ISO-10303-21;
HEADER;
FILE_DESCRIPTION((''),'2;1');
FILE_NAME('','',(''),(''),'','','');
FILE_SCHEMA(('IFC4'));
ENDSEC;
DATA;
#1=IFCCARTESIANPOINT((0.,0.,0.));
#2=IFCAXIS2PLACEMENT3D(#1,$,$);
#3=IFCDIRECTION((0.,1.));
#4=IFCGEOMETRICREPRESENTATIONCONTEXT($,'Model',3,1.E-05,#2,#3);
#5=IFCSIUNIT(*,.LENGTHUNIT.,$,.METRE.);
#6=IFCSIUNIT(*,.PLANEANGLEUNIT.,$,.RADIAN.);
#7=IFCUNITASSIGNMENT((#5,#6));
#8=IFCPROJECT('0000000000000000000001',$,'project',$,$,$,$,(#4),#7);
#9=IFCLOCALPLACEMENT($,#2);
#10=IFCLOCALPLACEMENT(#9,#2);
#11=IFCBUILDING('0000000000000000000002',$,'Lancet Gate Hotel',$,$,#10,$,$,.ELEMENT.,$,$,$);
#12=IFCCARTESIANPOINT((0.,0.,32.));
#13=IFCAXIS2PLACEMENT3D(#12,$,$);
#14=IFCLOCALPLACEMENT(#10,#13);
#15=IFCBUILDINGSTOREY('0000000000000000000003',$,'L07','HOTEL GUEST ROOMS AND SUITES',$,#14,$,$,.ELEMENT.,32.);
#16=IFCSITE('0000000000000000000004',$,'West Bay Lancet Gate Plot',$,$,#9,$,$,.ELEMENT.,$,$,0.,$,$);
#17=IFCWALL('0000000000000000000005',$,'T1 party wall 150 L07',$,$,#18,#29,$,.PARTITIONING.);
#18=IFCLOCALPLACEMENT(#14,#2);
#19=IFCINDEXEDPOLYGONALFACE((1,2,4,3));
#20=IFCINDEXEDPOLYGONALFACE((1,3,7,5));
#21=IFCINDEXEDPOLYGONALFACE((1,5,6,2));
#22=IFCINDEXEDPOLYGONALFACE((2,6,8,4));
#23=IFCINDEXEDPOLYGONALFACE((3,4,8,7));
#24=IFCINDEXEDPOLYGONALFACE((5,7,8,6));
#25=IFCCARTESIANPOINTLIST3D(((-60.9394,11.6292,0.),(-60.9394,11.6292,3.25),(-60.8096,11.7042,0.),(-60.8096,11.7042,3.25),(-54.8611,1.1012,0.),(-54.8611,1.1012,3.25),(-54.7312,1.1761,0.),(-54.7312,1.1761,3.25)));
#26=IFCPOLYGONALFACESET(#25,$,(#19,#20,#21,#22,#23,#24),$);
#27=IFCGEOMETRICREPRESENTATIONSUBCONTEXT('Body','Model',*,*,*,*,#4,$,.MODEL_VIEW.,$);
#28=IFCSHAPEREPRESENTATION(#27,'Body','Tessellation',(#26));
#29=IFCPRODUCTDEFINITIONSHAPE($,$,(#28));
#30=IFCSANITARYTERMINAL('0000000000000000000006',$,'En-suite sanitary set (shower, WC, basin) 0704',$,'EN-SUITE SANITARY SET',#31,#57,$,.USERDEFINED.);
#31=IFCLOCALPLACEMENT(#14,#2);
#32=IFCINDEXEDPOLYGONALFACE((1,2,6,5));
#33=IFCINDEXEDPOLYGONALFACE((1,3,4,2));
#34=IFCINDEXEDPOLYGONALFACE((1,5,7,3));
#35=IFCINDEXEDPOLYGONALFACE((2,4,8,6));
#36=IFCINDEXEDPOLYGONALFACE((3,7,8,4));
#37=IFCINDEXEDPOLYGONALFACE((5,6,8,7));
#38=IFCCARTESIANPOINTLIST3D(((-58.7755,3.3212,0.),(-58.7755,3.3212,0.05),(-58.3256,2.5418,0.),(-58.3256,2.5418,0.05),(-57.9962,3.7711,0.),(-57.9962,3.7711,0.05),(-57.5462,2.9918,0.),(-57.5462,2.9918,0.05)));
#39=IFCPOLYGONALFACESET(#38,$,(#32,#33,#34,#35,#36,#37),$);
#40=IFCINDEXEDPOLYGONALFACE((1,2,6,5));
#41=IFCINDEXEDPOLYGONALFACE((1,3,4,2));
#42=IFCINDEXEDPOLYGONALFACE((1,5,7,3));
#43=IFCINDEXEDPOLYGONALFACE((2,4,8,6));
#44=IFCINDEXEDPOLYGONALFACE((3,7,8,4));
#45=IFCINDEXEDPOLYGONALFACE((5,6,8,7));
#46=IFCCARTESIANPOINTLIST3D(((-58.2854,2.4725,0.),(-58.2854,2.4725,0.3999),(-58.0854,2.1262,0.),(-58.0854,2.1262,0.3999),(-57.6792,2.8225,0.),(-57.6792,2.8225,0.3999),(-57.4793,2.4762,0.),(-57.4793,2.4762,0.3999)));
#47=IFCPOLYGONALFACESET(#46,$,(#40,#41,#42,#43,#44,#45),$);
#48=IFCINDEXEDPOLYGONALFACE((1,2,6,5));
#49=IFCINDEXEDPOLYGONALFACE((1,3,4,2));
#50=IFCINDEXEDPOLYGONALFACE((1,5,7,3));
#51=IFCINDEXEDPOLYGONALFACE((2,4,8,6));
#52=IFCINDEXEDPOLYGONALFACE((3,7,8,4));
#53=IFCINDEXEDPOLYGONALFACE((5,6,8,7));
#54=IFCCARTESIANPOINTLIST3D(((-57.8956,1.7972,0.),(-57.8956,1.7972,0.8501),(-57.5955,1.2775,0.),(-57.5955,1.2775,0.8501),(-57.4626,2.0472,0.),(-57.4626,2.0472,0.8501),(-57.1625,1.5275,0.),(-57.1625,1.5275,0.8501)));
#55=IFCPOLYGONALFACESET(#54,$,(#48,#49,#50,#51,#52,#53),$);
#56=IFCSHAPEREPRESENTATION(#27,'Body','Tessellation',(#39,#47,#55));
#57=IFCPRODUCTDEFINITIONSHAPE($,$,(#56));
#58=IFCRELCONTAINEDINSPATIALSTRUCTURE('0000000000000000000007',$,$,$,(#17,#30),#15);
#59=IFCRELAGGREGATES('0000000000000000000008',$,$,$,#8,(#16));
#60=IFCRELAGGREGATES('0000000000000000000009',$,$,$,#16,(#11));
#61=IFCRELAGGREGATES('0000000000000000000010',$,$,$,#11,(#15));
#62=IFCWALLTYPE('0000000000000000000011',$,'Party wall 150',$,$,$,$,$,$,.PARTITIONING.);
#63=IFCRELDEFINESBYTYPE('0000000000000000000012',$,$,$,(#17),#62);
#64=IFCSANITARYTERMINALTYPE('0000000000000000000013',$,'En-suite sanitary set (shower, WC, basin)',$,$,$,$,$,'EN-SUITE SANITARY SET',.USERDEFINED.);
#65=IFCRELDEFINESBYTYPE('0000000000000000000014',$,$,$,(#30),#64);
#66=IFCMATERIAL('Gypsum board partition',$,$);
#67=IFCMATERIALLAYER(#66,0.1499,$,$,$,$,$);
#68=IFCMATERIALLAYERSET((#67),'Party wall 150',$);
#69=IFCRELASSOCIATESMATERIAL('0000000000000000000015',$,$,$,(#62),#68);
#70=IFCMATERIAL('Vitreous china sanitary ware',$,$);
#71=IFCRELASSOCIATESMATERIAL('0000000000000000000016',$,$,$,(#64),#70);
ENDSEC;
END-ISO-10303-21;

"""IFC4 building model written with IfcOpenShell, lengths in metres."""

from ifc_helpers import new_model, si_unit, direction, frame, frame_2d, origin, origin_2d, place, context, subcontext, project, spatial, rectangle, extrude, material, layer, layer_set, type_object, element, save


model = new_model("IFC4")

# Units and contexts
model_context = context("Model", 3, precision=1e-05, world=origin(), true_north=direction((0.0, 1.0)))
body_context = subcontext(model_context, "Body", "Model", "MODEL_VIEW")
ifc_project = project(units=[si_unit("LENGTHUNIT", "METRE"), si_unit("PLANEANGLEUNIT", "RADIAN")], contexts=[model_context])

# Site, building, storey
site_placement = place(None, origin())
site = spatial("IfcSite", under=ifc_project, at=site_placement, Name="West Bay Lancet Gate Plot", CompositionType="ELEMENT", RefElevation=0.0)
building_placement = place(site_placement, origin())
building = spatial("IfcBuilding", under=site, at=building_placement, Name="Lancet Gate Hotel", CompositionType="ELEMENT")
storey_placement = place(building_placement, frame((0.0, 0.0, 32.0)))
storey = spatial("IfcBuildingStorey", under=building, at=storey_placement, Name="L07", Description="HOTEL GUEST ROOMS AND SUITES", CompositionType="ELEMENT", Elevation=32.0)

# Wall
ifc_material_1 = material(Name="Gypsum board partition")
ifc_layer_1 = layer(ifc_material_1, 0.1499)
ifc_layer_set_1 = layer_set([ifc_layer_1], Name="Party wall 150")
wall_type_1 = type_object("IfcWallType", Name="Party wall 150", PredefinedType="PARTITIONING", material=ifc_layer_set_1)
wall_1_placement = place(storey_placement, frame((-54.7961, 1.1387, 0.0), z_axis=(0.0, 0.0, 1.0), x_axis=(-0.499999, 0.866026, 0.0)))
element("IfcWall", 1, at=wall_1_placement, inside=storey, type_object=wall_type_1, Name="T1 party wall 150 L07", PredefinedType="PARTITIONING", context=body_context, shape_type="SweptSolid", body=[
    extrude(rectangle(XDim=12.1567, YDim=0.1499, at=frame_2d((6.0784, 0.0))), origin(), (0.0, 0.0, 1.0), 3.25),
])

# Sanitary terminal
ifc_material_2 = material(Name="Vitreous china sanitary ware")
sanitary_terminal_type = type_object("IfcSanitaryTerminalType", Name="En-suite sanitary set (shower, WC, basin)", ElementType="EN-SUITE SANITARY SET", PredefinedType="USERDEFINED", material=ifc_material_2)
sanitary_terminal_placement = place(storey_placement, frame((-58.1609, 3.1565, 0.0), z_axis=(0.0, 0.0, 1.0), x_axis=(1.0, 0.0, 0.0)))
element("IfcSanitaryTerminal", 2, at=sanitary_terminal_placement, inside=storey, type_object=sanitary_terminal_type, Name="En-suite sanitary set (shower, WC, basin) 0704", ObjectType="EN-SUITE SANITARY SET", PredefinedType="USERDEFINED", context=body_context, shape_type="SweptSolid", body=[
    extrude(rectangle(XDim=0.8999, YDim=0.8999, at=origin_2d()), frame((0.0, 0.0, 0.0), z_axis=(0.0, 0.0, 1.0), x_axis=(-0.5, 0.866025, 0.0)), (0.0, 0.0, 1.0), 0.05),
    extrude(rectangle(XDim=0.3999, YDim=0.7, at=origin_2d()), frame((0.2786, -0.6821, 0.0), z_axis=(0.0, 0.0, 1.0), x_axis=(-0.5, 0.866025, 0.0)), (0.0, 0.0, 1.0), 0.3999),
    extrude(rectangle(XDim=0.6001, YDim=0.5, at=origin_2d()), frame((0.6318, -1.4941, 0.0), z_axis=(0.0, 0.0, 1.0), x_axis=(-0.5, 0.866025, 0.0)), (0.0, 0.0, 1.0), 0.8501),
])

save(model, "model.ifc")
